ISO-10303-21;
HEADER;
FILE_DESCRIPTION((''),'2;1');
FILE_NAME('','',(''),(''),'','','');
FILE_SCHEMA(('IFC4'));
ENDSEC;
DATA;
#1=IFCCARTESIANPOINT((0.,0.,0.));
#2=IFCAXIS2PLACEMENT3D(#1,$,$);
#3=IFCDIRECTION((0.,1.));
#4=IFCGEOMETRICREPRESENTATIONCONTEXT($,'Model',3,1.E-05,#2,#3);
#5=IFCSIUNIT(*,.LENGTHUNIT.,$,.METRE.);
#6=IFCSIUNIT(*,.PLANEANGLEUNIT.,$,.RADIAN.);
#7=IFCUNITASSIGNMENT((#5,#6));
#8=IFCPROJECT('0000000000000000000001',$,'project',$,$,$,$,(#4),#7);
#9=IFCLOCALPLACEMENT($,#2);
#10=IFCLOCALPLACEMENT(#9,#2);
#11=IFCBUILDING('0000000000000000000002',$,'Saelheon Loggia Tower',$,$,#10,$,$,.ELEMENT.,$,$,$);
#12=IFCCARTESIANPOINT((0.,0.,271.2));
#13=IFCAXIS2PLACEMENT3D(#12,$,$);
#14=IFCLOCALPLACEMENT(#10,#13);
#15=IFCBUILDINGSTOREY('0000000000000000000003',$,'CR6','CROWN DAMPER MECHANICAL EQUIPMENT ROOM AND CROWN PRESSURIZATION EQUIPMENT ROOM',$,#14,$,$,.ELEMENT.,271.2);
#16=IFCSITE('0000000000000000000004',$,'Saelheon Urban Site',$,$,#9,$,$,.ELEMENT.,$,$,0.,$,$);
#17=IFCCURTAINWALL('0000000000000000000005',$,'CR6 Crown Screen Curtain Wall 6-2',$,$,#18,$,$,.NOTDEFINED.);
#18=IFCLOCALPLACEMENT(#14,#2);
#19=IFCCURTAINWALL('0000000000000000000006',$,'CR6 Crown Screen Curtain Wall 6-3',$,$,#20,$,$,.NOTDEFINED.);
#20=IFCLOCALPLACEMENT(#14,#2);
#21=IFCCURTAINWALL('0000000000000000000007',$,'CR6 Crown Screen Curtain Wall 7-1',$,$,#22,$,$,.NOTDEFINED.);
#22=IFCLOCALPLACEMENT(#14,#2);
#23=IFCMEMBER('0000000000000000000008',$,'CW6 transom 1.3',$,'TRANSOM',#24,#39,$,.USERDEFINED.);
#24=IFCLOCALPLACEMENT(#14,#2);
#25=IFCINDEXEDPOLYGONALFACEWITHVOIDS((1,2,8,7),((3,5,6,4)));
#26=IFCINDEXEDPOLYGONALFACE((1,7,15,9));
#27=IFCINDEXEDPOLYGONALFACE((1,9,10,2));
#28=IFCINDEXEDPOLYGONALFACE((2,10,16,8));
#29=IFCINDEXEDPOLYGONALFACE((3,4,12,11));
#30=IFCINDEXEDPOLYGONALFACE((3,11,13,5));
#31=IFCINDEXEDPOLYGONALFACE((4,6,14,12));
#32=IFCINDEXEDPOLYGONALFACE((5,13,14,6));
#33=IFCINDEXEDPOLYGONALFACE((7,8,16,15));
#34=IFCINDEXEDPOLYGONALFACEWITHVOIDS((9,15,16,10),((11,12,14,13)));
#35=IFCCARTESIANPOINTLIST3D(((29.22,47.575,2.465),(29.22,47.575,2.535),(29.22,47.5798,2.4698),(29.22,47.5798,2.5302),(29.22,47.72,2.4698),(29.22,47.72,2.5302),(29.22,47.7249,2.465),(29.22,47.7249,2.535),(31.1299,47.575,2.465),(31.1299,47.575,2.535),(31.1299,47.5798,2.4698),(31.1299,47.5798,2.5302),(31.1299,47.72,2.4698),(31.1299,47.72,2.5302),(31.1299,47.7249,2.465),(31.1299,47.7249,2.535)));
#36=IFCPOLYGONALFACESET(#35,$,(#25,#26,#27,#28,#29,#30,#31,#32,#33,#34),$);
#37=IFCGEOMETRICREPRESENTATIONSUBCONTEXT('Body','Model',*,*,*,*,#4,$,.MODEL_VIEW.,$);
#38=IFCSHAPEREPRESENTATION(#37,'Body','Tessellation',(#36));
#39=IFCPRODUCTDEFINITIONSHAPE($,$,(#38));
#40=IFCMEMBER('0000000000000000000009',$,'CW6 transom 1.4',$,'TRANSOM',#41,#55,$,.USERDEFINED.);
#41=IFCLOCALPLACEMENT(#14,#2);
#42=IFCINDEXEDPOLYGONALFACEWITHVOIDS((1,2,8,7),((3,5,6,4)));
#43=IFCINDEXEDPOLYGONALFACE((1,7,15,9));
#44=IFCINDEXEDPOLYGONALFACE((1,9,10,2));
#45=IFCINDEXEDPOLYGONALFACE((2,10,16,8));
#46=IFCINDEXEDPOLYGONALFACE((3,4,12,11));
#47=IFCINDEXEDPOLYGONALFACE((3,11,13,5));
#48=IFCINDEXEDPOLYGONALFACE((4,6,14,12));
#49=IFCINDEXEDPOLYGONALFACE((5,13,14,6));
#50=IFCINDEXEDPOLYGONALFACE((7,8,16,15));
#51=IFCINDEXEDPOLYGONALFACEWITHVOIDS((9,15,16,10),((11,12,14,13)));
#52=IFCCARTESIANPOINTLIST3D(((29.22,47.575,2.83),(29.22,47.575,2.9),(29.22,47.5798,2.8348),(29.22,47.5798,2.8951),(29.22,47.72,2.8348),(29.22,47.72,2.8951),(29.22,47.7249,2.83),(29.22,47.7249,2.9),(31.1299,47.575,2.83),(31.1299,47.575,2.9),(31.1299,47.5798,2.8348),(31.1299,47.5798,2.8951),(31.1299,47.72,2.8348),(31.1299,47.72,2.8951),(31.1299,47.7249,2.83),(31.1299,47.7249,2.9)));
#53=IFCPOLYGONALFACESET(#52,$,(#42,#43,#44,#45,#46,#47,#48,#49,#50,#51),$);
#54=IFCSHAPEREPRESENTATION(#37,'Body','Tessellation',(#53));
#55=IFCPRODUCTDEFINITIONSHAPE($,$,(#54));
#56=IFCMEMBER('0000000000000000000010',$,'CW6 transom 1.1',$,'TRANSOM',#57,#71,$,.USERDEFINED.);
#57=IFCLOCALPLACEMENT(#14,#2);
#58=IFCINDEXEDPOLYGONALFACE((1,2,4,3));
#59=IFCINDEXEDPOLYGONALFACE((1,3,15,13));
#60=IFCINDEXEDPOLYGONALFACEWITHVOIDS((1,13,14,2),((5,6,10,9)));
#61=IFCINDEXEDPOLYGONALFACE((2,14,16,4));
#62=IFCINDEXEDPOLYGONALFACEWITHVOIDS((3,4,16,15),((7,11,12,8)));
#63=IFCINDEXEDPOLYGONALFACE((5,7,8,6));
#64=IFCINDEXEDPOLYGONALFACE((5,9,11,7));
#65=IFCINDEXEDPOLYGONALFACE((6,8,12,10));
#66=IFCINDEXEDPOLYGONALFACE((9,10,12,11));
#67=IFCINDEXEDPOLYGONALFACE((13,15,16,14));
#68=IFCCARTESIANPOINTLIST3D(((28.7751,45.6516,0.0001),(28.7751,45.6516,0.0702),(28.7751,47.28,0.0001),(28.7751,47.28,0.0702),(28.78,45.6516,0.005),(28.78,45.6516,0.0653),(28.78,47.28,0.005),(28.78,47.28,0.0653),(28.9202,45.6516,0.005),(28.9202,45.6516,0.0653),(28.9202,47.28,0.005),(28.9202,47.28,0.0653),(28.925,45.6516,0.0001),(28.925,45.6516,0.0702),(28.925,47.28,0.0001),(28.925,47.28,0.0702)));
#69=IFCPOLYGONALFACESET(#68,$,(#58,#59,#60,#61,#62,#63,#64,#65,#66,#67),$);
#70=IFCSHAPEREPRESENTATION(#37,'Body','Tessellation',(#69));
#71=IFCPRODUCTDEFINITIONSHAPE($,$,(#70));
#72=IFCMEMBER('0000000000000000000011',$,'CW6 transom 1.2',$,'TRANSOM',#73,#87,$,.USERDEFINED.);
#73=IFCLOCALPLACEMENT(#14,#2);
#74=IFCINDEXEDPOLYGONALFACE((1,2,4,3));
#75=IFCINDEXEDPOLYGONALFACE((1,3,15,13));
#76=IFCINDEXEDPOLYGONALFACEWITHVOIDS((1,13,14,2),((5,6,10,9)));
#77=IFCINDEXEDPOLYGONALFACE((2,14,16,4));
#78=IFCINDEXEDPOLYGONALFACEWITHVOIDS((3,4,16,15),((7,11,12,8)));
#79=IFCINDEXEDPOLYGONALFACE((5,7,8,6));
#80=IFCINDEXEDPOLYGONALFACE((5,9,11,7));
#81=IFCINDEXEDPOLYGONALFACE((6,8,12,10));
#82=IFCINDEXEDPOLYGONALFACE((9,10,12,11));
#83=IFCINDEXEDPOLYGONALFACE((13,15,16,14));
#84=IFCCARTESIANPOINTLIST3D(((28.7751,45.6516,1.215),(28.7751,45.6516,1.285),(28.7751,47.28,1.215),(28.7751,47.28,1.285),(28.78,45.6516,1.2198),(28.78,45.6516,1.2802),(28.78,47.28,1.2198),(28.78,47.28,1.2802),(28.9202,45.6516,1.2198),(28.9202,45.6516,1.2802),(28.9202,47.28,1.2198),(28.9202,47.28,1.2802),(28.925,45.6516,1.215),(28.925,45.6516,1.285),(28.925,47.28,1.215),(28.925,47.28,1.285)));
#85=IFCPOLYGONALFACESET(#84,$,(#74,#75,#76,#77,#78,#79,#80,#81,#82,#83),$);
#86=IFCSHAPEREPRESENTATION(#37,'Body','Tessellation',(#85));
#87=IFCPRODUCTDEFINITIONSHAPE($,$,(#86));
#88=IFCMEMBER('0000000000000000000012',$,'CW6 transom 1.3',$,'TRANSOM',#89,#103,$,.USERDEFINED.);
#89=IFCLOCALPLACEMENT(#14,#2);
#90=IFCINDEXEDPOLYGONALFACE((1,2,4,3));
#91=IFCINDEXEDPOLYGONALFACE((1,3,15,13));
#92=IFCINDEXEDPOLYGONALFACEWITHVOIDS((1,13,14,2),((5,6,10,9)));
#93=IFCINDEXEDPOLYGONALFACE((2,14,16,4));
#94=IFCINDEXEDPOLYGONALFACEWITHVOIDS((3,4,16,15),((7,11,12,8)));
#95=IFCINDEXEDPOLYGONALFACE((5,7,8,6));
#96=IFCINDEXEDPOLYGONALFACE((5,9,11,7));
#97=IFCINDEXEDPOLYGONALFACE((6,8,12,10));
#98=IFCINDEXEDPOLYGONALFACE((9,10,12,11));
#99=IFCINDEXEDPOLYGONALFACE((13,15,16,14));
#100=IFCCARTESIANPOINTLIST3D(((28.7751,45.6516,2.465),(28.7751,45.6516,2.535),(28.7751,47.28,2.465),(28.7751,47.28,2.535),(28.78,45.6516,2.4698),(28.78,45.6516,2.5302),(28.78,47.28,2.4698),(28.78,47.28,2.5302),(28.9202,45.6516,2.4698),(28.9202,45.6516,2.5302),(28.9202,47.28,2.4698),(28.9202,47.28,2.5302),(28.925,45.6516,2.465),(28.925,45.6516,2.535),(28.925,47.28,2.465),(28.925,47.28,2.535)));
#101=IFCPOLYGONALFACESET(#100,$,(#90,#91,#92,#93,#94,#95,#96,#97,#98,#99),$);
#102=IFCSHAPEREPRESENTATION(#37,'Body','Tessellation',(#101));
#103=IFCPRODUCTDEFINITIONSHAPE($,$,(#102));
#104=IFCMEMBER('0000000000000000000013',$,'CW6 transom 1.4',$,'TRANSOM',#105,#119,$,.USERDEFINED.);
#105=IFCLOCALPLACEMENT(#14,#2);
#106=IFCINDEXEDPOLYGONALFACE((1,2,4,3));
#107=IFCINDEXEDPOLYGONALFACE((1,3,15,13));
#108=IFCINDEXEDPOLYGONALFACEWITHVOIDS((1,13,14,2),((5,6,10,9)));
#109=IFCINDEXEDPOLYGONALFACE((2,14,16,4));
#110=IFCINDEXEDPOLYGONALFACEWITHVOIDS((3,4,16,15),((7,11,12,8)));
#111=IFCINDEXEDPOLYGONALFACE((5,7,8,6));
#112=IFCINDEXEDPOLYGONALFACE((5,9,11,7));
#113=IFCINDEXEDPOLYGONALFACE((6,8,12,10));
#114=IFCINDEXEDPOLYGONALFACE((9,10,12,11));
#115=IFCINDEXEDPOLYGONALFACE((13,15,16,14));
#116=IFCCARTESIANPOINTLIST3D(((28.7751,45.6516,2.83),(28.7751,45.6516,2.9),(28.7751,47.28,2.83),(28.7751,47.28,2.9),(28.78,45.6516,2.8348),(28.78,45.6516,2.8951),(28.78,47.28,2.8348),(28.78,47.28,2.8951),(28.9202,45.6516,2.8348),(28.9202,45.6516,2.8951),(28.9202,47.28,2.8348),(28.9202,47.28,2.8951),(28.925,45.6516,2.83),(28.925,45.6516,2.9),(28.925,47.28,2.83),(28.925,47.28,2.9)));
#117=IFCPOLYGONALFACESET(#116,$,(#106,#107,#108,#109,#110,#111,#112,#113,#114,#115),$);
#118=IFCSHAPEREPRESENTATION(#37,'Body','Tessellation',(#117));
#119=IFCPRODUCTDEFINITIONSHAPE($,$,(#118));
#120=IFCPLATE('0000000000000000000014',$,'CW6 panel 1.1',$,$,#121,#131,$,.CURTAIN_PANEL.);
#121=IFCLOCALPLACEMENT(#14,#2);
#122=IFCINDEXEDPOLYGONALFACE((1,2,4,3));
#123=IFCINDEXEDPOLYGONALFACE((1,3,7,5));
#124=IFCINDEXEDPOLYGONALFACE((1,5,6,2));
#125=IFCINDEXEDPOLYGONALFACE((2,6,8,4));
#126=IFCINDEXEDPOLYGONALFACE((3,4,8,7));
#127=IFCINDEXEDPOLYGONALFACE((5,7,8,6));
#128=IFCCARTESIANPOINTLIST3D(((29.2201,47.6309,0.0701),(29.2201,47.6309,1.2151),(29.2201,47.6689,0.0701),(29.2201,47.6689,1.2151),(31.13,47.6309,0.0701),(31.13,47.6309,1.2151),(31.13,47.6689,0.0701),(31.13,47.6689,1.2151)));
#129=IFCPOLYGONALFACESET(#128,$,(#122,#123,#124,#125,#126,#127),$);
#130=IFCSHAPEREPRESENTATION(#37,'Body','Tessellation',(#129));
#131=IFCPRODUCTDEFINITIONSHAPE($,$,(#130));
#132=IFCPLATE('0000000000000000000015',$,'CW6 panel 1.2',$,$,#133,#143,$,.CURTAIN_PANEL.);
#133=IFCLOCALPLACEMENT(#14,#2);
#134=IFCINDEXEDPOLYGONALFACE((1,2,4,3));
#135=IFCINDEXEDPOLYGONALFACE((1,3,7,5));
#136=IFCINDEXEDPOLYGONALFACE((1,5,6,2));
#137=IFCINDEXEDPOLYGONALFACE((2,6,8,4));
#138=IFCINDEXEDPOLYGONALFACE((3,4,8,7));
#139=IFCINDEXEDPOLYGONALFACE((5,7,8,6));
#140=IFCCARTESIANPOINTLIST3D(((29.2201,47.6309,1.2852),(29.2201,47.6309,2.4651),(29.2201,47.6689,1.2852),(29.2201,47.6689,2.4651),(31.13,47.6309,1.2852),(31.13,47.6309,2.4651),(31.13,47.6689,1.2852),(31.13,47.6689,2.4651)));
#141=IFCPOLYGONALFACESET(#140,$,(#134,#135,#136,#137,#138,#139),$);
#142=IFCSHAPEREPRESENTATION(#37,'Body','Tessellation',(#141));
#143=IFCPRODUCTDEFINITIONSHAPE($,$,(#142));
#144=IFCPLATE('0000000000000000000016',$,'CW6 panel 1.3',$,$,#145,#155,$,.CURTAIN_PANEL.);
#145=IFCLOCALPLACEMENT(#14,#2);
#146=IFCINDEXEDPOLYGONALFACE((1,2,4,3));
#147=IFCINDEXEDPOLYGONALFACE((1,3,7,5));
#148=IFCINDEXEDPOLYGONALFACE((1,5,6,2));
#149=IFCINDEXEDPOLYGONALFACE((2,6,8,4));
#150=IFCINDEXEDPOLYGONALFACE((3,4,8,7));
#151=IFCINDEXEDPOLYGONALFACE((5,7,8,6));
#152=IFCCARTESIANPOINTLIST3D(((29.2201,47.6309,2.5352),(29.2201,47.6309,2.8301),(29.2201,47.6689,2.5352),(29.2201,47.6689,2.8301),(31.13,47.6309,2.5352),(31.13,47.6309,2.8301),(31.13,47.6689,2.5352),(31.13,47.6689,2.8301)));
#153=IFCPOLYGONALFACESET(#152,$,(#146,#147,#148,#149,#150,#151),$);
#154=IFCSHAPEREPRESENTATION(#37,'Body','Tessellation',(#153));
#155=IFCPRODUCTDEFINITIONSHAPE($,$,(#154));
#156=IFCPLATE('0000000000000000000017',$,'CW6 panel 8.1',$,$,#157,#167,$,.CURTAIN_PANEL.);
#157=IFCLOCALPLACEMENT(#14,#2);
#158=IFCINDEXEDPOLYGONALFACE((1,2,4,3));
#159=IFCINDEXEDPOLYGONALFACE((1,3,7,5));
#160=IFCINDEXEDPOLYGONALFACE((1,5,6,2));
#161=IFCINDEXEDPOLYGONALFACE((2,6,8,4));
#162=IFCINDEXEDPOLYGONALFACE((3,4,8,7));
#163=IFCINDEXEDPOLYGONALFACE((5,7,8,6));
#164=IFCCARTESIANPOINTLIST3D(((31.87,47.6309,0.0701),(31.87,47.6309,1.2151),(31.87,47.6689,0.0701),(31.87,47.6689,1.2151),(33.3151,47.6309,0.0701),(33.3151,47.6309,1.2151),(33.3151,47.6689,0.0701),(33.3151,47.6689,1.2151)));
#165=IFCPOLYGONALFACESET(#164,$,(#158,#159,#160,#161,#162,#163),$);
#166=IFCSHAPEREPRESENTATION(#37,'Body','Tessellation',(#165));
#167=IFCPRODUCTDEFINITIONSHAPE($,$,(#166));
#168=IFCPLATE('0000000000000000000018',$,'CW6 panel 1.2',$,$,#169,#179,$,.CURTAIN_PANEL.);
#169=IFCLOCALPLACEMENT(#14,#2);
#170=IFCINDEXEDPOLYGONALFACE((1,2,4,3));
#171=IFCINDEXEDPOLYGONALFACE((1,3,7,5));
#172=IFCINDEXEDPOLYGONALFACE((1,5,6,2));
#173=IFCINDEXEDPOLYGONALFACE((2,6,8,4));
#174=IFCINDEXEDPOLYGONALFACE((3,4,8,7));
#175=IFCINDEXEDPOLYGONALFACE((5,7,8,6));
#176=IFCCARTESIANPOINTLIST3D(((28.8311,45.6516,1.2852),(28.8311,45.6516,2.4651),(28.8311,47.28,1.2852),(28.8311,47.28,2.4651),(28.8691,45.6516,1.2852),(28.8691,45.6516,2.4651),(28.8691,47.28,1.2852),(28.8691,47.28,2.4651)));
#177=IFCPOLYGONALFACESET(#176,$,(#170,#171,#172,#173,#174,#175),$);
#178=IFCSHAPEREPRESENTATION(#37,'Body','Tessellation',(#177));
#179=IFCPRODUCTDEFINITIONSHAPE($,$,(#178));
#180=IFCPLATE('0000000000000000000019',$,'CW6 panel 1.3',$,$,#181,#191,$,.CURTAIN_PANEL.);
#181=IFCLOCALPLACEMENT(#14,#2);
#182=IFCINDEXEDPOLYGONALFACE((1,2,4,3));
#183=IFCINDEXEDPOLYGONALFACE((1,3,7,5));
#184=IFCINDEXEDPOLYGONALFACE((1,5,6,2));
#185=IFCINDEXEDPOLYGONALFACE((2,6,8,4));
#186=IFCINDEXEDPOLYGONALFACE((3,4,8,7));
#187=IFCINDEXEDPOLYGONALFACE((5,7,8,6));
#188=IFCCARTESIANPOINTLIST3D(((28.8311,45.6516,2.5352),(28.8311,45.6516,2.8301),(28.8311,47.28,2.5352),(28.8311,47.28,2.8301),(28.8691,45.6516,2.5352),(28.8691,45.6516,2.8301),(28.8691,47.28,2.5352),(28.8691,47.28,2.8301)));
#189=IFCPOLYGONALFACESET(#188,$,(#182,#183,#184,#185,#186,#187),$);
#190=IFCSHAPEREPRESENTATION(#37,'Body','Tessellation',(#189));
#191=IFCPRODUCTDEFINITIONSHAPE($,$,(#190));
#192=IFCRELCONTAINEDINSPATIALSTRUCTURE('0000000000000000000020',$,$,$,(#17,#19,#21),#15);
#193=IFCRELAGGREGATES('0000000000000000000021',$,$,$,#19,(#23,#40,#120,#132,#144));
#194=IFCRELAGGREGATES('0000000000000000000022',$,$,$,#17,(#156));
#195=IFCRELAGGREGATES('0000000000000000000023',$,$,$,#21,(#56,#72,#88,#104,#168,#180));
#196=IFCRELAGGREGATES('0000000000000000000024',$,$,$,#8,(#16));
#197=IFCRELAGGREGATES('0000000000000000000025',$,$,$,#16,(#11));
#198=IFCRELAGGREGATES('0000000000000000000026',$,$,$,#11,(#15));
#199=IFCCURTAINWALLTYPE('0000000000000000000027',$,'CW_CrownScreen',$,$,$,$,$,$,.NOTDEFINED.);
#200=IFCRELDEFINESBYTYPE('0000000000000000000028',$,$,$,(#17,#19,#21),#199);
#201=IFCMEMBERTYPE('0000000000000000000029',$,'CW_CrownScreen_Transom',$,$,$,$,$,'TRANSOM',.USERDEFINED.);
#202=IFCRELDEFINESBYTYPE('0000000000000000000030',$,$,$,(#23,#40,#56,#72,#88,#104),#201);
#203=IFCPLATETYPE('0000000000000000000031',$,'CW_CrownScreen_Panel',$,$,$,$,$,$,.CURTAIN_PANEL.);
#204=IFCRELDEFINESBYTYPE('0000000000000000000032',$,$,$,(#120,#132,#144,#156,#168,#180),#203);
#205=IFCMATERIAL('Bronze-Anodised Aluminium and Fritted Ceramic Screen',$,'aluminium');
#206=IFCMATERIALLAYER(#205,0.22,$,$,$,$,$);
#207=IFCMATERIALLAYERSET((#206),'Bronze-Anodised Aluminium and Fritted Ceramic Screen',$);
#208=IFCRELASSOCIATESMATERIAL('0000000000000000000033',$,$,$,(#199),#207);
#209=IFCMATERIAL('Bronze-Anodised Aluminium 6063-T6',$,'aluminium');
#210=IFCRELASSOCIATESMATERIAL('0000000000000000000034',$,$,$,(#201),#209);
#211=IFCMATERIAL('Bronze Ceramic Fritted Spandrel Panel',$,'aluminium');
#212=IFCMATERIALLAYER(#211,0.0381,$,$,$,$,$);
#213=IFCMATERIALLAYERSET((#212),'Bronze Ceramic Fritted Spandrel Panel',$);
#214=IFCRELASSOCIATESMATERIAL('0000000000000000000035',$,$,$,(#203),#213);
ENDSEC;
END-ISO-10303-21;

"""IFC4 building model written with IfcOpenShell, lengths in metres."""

from ifc_helpers import new_model, si_unit, direction, frame, origin, origin_2d, place, context, subcontext, project, spatial, rectangle, hollow_rectangle, extrude, source, transform, mapped, material, layer, layer_set, material_profile, profile_set, type_object, element, aggregate, save


model = new_model("IFC4")

# Units and contexts
model_context = context("Model", 3, precision=1e-05, world=origin(), true_north=direction((0.0, 1.0)))
body_context = subcontext(model_context, "Body", "Model", "MODEL_VIEW")
ifc_project = project(units=[si_unit("LENGTHUNIT", "METRE"), si_unit("PLANEANGLEUNIT", "RADIAN")], contexts=[model_context])

# Site, building, storey
site_placement = place(None, origin())
site = spatial("IfcSite", under=ifc_project, at=site_placement, Name="Saelheon Urban Site", CompositionType="ELEMENT", RefElevation=0.0)
building_placement = place(site_placement, origin())
building = spatial("IfcBuilding", under=site, at=building_placement, Name="Saelheon Loggia Tower", CompositionType="ELEMENT")
storey_placement = place(building_placement, frame((0.0, 0.0, 271.2)))
storey = spatial("IfcBuildingStorey", under=building, at=storey_placement, Name="CR6", Description="CROWN DAMPER MECHANICAL EQUIPMENT ROOM AND CROWN PRESSURIZATION EQUIPMENT ROOM", CompositionType="ELEMENT", Elevation=271.2)

# Curtain wall
ifc_material_1 = material(Name="Bronze-Anodised Aluminium and Fritted Ceramic Screen", Category="aluminium")
ifc_layer_1 = layer(ifc_material_1, 0.22)
ifc_layer_set_1 = layer_set([ifc_layer_1], Name="Bronze-Anodised Aluminium and Fritted Ceramic Screen")
curtain_wall_type = type_object("IfcCurtainWallType", Name="CW_CrownScreen", PredefinedType="NOTDEFINED", material=ifc_layer_set_1)
curtain_wall_1_placement = place(storey_placement, origin())
curtain_wall_1 = element("IfcCurtainWall", 1, at=curtain_wall_1_placement, inside=storey, type_object=curtain_wall_type, Name="CR6 Crown Screen Curtain Wall 6-2", PredefinedType="NOTDEFINED")
ifc_material_2 = material(Name="Bronze-Anodised Aluminium 6063-T6", Category="aluminium")

# Curtain wall
curtain_wall_2_placement = place(storey_placement, origin())
curtain_wall_2 = element("IfcCurtainWall", 2, at=curtain_wall_2_placement, inside=storey, type_object=curtain_wall_type, Name="CR6 Crown Screen Curtain Wall 6-3", PredefinedType="NOTDEFINED")

# Curtain wall
curtain_wall_3_placement = place(storey_placement, origin())
curtain_wall_3 = element("IfcCurtainWall", 3, at=curtain_wall_3_placement, inside=storey, type_object=curtain_wall_type, Name="CR6 Crown Screen Curtain Wall 7-1", PredefinedType="NOTDEFINED")

# Members
ifc_material_profile_1 = material_profile(ifc_material_2, hollow_rectangle(XDim=0.0701, YDim=0.1499, WallThickness=0.0049, at=origin_2d()), Name="RHS-150x70x5")
ifc_profile_set_1 = profile_set([ifc_material_profile_1], Name="Bronze-Anodised Aluminium 6063-T6")
member_type_1 = type_object("IfcMemberType", Name="CW_CrownScreen_Transom", ElementType="TRANSOM", PredefinedType="USERDEFINED", material=ifc_profile_set_1)
shared_shape_1 = source(origin(), body_context, "Body", "SweptSolid", [
    extrude(hollow_rectangle(XDim=0.0701, YDim=0.1499, WallThickness=0.0049, at=origin_2d()), origin(), (0.0, 0.0, 1.0), 1.9099),
])
member_1_placement = place(storey_placement, frame((31.1299, 47.6499, 2.5), z_axis=(-1.0, 0.0, 0.0), x_axis=(0.0, 0.0, 1.0)))
member_1 = element("IfcMember", 4, at=member_1_placement, type_object=member_type_1, Name="CW6 transom 1.3", ObjectType="TRANSOM", PredefinedType="USERDEFINED", context=body_context, shape_type="MappedRepresentation", body=[
    mapped(shared_shape_1, transform((0.0, 0.0, 0.0), scale=1.0)),
])
member_2_placement = place(storey_placement, frame((31.1299, 47.6499, 2.865), z_axis=(-1.0, 0.0, 0.0), x_axis=(0.0, 0.0, 1.0)))
member_2 = element("IfcMember", 5, at=member_2_placement, type_object=member_type_1, Name="CW6 transom 1.4", ObjectType="TRANSOM", PredefinedType="USERDEFINED", context=body_context, shape_type="MappedRepresentation", body=[
    mapped(shared_shape_1, transform((0.0, 0.0, 0.0), scale=1.0)),
])
shared_shape_2 = source(origin(), body_context, "Body", "SweptSolid", [
    extrude(hollow_rectangle(XDim=0.0701, YDim=0.1499, WallThickness=0.0049, at=origin_2d()), origin(), (0.0, 0.0, 1.0), 1.6284),
])
member_3_placement = place(storey_placement, frame((28.8501, 47.28, 0.0352), z_axis=(0.0, -1.0, 0.0), x_axis=(0.0, 0.0, 1.0)))
member_3 = element("IfcMember", 6, at=member_3_placement, type_object=member_type_1, Name="CW6 transom 1.1", ObjectType="TRANSOM", PredefinedType="USERDEFINED", context=body_context, shape_type="MappedRepresentation", body=[
    mapped(shared_shape_2, transform((0.0, 0.0, 0.0), scale=1.0)),
])
member_4_placement = place(storey_placement, frame((28.8501, 47.28, 1.25), z_axis=(0.0, -1.0, 0.0), x_axis=(0.0, 0.0, 1.0)))
member_4 = element("IfcMember", 7, at=member_4_placement, type_object=member_type_1, Name="CW6 transom 1.2", ObjectType="TRANSOM", PredefinedType="USERDEFINED", context=body_context, shape_type="MappedRepresentation", body=[
    mapped(shared_shape_2, transform((0.0, 0.0, 0.0), scale=1.0)),
])
member_5_placement = place(storey_placement, frame((28.8501, 47.28, 2.5), z_axis=(0.0, -1.0, 0.0), x_axis=(0.0, 0.0, 1.0)))
member_5 = element("IfcMember", 8, at=member_5_placement, type_object=member_type_1, Name="CW6 transom 1.3", ObjectType="TRANSOM", PredefinedType="USERDEFINED", context=body_context, shape_type="MappedRepresentation", body=[
    mapped(shared_shape_2, transform((0.0, 0.0, 0.0), scale=1.0)),
])
member_6_placement = place(storey_placement, frame((28.8501, 47.28, 2.865), z_axis=(0.0, -1.0, 0.0), x_axis=(0.0, 0.0, 1.0)))
member_6 = element("IfcMember", 9, at=member_6_placement, type_object=member_type_1, Name="CW6 transom 1.4", ObjectType="TRANSOM", PredefinedType="USERDEFINED", context=body_context, shape_type="MappedRepresentation", body=[
    mapped(shared_shape_2, transform((0.0, 0.0, 0.0), scale=1.0)),
])

# Plates
ifc_material_3 = material(Name="Bronze Ceramic Fritted Spandrel Panel", Category="aluminium")
ifc_layer_2 = layer(ifc_material_3, 0.0381)
ifc_layer_set_2 = layer_set([ifc_layer_2], Name="Bronze Ceramic Fritted Spandrel Panel")
plate_type = type_object("IfcPlateType", Name="CW_CrownScreen_Panel", PredefinedType="CURTAIN_PANEL", material=ifc_layer_set_2)
shared_shape_3 = source(origin(), body_context, "Body", "SweptSolid", [
    extrude(rectangle(XDim=1.9099, YDim=0.0381, at=origin_2d()), origin(), (0.0, 0.0, 1.0), 1.145),
])
plate_1_placement = place(storey_placement, frame((30.175, 47.6499, 0.0701), z_axis=(0.0, 0.0, 1.0), x_axis=(-1.0, 0.0, 0.0)))
plate_1 = element("IfcPlate", 10, at=plate_1_placement, type_object=plate_type, Name="CW6 panel 1.1", PredefinedType="CURTAIN_PANEL", context=body_context, shape_type="MappedRepresentation", body=[
    mapped(shared_shape_3, transform((0.0, 0.0, 0.0), scale=1.0)),
])
shared_shape_4 = source(origin(), body_context, "Body", "SweptSolid", [
    extrude(rectangle(XDim=1.9099, YDim=0.0381, at=origin_2d()), origin(), (0.0, 0.0, 1.0), 1.1799),
])
plate_2_placement = place(storey_placement, frame((30.175, 47.6499, 1.2852), z_axis=(0.0, 0.0, 1.0), x_axis=(-1.0, 0.0, 0.0)))
plate_2 = element("IfcPlate", 11, at=plate_2_placement, type_object=plate_type, Name="CW6 panel 1.2", PredefinedType="CURTAIN_PANEL", context=body_context, shape_type="MappedRepresentation", body=[
    mapped(shared_shape_4, transform((0.0, 0.0, 0.0), scale=1.0)),
])
shared_shape_5 = source(origin(), body_context, "Body", "SweptSolid", [
    extrude(rectangle(XDim=1.9099, YDim=0.0381, at=origin_2d()), origin(), (0.0, 0.0, 1.0), 0.2949),
])
plate_3_placement = place(storey_placement, frame((30.175, 47.6499, 2.5352), z_axis=(0.0, 0.0, 1.0), x_axis=(-1.0, 0.0, 0.0)))
plate_3 = element("IfcPlate", 12, at=plate_3_placement, type_object=plate_type, Name="CW6 panel 1.3", PredefinedType="CURTAIN_PANEL", context=body_context, shape_type="MappedRepresentation", body=[
    mapped(shared_shape_5, transform((0.0, 0.0, 0.0), scale=1.0)),
])
aggregate(curtain_wall_2, [member_1, member_2, plate_1, plate_2, plate_3])
shared_shape_6 = source(origin(), body_context, "Body", "SweptSolid", [
    extrude(rectangle(XDim=1.4451, YDim=0.0381, at=origin_2d()), origin(), (0.0, 0.0, 1.0), 1.145),
])
plate_4_placement = place(storey_placement, frame((32.5925, 47.6499, 0.0701), z_axis=(0.0, 0.0, 1.0), x_axis=(-1.0, 0.0, 0.0)))
plate_4 = element("IfcPlate", 13, at=plate_4_placement, type_object=plate_type, Name="CW6 panel 8.1", PredefinedType="CURTAIN_PANEL", context=body_context, shape_type="MappedRepresentation", body=[
    mapped(shared_shape_6, transform((0.0, 0.0, 0.0), scale=1.0)),
])
aggregate(curtain_wall_1, [plate_4])
shared_shape_7 = source(origin(), body_context, "Body", "SweptSolid", [
    extrude(rectangle(XDim=1.6284, YDim=0.0381, at=origin_2d()), origin(), (0.0, 0.0, 1.0), 1.1799),
])
plate_5_placement = place(storey_placement, frame((28.8501, 46.4658, 1.2852), z_axis=(0.0, 0.0, 1.0), x_axis=(0.0, -1.0, 0.0)))
plate_5 = element("IfcPlate", 14, at=plate_5_placement, type_object=plate_type, Name="CW6 panel 1.2", PredefinedType="CURTAIN_PANEL", context=body_context, shape_type="MappedRepresentation", body=[
    mapped(shared_shape_7, transform((0.0, 0.0, 0.0), scale=1.0)),
])
shared_shape_8 = source(origin(), body_context, "Body", "SweptSolid", [
    extrude(rectangle(XDim=1.6284, YDim=0.0381, at=origin_2d()), origin(), (0.0, 0.0, 1.0), 0.2949),
])
plate_6_placement = place(storey_placement, frame((28.8501, 46.4658, 2.5352), z_axis=(0.0, 0.0, 1.0), x_axis=(0.0, -1.0, 0.0)))
plate_6 = element("IfcPlate", 15, at=plate_6_placement, type_object=plate_type, Name="CW6 panel 1.3", PredefinedType="CURTAIN_PANEL", context=body_context, shape_type="MappedRepresentation", body=[
    mapped(shared_shape_8, transform((0.0, 0.0, 0.0), scale=1.0)),
])
aggregate(curtain_wall_3, [member_3, member_4, member_5, member_6, plate_5, plate_6])

save(model, "model.ifc")
